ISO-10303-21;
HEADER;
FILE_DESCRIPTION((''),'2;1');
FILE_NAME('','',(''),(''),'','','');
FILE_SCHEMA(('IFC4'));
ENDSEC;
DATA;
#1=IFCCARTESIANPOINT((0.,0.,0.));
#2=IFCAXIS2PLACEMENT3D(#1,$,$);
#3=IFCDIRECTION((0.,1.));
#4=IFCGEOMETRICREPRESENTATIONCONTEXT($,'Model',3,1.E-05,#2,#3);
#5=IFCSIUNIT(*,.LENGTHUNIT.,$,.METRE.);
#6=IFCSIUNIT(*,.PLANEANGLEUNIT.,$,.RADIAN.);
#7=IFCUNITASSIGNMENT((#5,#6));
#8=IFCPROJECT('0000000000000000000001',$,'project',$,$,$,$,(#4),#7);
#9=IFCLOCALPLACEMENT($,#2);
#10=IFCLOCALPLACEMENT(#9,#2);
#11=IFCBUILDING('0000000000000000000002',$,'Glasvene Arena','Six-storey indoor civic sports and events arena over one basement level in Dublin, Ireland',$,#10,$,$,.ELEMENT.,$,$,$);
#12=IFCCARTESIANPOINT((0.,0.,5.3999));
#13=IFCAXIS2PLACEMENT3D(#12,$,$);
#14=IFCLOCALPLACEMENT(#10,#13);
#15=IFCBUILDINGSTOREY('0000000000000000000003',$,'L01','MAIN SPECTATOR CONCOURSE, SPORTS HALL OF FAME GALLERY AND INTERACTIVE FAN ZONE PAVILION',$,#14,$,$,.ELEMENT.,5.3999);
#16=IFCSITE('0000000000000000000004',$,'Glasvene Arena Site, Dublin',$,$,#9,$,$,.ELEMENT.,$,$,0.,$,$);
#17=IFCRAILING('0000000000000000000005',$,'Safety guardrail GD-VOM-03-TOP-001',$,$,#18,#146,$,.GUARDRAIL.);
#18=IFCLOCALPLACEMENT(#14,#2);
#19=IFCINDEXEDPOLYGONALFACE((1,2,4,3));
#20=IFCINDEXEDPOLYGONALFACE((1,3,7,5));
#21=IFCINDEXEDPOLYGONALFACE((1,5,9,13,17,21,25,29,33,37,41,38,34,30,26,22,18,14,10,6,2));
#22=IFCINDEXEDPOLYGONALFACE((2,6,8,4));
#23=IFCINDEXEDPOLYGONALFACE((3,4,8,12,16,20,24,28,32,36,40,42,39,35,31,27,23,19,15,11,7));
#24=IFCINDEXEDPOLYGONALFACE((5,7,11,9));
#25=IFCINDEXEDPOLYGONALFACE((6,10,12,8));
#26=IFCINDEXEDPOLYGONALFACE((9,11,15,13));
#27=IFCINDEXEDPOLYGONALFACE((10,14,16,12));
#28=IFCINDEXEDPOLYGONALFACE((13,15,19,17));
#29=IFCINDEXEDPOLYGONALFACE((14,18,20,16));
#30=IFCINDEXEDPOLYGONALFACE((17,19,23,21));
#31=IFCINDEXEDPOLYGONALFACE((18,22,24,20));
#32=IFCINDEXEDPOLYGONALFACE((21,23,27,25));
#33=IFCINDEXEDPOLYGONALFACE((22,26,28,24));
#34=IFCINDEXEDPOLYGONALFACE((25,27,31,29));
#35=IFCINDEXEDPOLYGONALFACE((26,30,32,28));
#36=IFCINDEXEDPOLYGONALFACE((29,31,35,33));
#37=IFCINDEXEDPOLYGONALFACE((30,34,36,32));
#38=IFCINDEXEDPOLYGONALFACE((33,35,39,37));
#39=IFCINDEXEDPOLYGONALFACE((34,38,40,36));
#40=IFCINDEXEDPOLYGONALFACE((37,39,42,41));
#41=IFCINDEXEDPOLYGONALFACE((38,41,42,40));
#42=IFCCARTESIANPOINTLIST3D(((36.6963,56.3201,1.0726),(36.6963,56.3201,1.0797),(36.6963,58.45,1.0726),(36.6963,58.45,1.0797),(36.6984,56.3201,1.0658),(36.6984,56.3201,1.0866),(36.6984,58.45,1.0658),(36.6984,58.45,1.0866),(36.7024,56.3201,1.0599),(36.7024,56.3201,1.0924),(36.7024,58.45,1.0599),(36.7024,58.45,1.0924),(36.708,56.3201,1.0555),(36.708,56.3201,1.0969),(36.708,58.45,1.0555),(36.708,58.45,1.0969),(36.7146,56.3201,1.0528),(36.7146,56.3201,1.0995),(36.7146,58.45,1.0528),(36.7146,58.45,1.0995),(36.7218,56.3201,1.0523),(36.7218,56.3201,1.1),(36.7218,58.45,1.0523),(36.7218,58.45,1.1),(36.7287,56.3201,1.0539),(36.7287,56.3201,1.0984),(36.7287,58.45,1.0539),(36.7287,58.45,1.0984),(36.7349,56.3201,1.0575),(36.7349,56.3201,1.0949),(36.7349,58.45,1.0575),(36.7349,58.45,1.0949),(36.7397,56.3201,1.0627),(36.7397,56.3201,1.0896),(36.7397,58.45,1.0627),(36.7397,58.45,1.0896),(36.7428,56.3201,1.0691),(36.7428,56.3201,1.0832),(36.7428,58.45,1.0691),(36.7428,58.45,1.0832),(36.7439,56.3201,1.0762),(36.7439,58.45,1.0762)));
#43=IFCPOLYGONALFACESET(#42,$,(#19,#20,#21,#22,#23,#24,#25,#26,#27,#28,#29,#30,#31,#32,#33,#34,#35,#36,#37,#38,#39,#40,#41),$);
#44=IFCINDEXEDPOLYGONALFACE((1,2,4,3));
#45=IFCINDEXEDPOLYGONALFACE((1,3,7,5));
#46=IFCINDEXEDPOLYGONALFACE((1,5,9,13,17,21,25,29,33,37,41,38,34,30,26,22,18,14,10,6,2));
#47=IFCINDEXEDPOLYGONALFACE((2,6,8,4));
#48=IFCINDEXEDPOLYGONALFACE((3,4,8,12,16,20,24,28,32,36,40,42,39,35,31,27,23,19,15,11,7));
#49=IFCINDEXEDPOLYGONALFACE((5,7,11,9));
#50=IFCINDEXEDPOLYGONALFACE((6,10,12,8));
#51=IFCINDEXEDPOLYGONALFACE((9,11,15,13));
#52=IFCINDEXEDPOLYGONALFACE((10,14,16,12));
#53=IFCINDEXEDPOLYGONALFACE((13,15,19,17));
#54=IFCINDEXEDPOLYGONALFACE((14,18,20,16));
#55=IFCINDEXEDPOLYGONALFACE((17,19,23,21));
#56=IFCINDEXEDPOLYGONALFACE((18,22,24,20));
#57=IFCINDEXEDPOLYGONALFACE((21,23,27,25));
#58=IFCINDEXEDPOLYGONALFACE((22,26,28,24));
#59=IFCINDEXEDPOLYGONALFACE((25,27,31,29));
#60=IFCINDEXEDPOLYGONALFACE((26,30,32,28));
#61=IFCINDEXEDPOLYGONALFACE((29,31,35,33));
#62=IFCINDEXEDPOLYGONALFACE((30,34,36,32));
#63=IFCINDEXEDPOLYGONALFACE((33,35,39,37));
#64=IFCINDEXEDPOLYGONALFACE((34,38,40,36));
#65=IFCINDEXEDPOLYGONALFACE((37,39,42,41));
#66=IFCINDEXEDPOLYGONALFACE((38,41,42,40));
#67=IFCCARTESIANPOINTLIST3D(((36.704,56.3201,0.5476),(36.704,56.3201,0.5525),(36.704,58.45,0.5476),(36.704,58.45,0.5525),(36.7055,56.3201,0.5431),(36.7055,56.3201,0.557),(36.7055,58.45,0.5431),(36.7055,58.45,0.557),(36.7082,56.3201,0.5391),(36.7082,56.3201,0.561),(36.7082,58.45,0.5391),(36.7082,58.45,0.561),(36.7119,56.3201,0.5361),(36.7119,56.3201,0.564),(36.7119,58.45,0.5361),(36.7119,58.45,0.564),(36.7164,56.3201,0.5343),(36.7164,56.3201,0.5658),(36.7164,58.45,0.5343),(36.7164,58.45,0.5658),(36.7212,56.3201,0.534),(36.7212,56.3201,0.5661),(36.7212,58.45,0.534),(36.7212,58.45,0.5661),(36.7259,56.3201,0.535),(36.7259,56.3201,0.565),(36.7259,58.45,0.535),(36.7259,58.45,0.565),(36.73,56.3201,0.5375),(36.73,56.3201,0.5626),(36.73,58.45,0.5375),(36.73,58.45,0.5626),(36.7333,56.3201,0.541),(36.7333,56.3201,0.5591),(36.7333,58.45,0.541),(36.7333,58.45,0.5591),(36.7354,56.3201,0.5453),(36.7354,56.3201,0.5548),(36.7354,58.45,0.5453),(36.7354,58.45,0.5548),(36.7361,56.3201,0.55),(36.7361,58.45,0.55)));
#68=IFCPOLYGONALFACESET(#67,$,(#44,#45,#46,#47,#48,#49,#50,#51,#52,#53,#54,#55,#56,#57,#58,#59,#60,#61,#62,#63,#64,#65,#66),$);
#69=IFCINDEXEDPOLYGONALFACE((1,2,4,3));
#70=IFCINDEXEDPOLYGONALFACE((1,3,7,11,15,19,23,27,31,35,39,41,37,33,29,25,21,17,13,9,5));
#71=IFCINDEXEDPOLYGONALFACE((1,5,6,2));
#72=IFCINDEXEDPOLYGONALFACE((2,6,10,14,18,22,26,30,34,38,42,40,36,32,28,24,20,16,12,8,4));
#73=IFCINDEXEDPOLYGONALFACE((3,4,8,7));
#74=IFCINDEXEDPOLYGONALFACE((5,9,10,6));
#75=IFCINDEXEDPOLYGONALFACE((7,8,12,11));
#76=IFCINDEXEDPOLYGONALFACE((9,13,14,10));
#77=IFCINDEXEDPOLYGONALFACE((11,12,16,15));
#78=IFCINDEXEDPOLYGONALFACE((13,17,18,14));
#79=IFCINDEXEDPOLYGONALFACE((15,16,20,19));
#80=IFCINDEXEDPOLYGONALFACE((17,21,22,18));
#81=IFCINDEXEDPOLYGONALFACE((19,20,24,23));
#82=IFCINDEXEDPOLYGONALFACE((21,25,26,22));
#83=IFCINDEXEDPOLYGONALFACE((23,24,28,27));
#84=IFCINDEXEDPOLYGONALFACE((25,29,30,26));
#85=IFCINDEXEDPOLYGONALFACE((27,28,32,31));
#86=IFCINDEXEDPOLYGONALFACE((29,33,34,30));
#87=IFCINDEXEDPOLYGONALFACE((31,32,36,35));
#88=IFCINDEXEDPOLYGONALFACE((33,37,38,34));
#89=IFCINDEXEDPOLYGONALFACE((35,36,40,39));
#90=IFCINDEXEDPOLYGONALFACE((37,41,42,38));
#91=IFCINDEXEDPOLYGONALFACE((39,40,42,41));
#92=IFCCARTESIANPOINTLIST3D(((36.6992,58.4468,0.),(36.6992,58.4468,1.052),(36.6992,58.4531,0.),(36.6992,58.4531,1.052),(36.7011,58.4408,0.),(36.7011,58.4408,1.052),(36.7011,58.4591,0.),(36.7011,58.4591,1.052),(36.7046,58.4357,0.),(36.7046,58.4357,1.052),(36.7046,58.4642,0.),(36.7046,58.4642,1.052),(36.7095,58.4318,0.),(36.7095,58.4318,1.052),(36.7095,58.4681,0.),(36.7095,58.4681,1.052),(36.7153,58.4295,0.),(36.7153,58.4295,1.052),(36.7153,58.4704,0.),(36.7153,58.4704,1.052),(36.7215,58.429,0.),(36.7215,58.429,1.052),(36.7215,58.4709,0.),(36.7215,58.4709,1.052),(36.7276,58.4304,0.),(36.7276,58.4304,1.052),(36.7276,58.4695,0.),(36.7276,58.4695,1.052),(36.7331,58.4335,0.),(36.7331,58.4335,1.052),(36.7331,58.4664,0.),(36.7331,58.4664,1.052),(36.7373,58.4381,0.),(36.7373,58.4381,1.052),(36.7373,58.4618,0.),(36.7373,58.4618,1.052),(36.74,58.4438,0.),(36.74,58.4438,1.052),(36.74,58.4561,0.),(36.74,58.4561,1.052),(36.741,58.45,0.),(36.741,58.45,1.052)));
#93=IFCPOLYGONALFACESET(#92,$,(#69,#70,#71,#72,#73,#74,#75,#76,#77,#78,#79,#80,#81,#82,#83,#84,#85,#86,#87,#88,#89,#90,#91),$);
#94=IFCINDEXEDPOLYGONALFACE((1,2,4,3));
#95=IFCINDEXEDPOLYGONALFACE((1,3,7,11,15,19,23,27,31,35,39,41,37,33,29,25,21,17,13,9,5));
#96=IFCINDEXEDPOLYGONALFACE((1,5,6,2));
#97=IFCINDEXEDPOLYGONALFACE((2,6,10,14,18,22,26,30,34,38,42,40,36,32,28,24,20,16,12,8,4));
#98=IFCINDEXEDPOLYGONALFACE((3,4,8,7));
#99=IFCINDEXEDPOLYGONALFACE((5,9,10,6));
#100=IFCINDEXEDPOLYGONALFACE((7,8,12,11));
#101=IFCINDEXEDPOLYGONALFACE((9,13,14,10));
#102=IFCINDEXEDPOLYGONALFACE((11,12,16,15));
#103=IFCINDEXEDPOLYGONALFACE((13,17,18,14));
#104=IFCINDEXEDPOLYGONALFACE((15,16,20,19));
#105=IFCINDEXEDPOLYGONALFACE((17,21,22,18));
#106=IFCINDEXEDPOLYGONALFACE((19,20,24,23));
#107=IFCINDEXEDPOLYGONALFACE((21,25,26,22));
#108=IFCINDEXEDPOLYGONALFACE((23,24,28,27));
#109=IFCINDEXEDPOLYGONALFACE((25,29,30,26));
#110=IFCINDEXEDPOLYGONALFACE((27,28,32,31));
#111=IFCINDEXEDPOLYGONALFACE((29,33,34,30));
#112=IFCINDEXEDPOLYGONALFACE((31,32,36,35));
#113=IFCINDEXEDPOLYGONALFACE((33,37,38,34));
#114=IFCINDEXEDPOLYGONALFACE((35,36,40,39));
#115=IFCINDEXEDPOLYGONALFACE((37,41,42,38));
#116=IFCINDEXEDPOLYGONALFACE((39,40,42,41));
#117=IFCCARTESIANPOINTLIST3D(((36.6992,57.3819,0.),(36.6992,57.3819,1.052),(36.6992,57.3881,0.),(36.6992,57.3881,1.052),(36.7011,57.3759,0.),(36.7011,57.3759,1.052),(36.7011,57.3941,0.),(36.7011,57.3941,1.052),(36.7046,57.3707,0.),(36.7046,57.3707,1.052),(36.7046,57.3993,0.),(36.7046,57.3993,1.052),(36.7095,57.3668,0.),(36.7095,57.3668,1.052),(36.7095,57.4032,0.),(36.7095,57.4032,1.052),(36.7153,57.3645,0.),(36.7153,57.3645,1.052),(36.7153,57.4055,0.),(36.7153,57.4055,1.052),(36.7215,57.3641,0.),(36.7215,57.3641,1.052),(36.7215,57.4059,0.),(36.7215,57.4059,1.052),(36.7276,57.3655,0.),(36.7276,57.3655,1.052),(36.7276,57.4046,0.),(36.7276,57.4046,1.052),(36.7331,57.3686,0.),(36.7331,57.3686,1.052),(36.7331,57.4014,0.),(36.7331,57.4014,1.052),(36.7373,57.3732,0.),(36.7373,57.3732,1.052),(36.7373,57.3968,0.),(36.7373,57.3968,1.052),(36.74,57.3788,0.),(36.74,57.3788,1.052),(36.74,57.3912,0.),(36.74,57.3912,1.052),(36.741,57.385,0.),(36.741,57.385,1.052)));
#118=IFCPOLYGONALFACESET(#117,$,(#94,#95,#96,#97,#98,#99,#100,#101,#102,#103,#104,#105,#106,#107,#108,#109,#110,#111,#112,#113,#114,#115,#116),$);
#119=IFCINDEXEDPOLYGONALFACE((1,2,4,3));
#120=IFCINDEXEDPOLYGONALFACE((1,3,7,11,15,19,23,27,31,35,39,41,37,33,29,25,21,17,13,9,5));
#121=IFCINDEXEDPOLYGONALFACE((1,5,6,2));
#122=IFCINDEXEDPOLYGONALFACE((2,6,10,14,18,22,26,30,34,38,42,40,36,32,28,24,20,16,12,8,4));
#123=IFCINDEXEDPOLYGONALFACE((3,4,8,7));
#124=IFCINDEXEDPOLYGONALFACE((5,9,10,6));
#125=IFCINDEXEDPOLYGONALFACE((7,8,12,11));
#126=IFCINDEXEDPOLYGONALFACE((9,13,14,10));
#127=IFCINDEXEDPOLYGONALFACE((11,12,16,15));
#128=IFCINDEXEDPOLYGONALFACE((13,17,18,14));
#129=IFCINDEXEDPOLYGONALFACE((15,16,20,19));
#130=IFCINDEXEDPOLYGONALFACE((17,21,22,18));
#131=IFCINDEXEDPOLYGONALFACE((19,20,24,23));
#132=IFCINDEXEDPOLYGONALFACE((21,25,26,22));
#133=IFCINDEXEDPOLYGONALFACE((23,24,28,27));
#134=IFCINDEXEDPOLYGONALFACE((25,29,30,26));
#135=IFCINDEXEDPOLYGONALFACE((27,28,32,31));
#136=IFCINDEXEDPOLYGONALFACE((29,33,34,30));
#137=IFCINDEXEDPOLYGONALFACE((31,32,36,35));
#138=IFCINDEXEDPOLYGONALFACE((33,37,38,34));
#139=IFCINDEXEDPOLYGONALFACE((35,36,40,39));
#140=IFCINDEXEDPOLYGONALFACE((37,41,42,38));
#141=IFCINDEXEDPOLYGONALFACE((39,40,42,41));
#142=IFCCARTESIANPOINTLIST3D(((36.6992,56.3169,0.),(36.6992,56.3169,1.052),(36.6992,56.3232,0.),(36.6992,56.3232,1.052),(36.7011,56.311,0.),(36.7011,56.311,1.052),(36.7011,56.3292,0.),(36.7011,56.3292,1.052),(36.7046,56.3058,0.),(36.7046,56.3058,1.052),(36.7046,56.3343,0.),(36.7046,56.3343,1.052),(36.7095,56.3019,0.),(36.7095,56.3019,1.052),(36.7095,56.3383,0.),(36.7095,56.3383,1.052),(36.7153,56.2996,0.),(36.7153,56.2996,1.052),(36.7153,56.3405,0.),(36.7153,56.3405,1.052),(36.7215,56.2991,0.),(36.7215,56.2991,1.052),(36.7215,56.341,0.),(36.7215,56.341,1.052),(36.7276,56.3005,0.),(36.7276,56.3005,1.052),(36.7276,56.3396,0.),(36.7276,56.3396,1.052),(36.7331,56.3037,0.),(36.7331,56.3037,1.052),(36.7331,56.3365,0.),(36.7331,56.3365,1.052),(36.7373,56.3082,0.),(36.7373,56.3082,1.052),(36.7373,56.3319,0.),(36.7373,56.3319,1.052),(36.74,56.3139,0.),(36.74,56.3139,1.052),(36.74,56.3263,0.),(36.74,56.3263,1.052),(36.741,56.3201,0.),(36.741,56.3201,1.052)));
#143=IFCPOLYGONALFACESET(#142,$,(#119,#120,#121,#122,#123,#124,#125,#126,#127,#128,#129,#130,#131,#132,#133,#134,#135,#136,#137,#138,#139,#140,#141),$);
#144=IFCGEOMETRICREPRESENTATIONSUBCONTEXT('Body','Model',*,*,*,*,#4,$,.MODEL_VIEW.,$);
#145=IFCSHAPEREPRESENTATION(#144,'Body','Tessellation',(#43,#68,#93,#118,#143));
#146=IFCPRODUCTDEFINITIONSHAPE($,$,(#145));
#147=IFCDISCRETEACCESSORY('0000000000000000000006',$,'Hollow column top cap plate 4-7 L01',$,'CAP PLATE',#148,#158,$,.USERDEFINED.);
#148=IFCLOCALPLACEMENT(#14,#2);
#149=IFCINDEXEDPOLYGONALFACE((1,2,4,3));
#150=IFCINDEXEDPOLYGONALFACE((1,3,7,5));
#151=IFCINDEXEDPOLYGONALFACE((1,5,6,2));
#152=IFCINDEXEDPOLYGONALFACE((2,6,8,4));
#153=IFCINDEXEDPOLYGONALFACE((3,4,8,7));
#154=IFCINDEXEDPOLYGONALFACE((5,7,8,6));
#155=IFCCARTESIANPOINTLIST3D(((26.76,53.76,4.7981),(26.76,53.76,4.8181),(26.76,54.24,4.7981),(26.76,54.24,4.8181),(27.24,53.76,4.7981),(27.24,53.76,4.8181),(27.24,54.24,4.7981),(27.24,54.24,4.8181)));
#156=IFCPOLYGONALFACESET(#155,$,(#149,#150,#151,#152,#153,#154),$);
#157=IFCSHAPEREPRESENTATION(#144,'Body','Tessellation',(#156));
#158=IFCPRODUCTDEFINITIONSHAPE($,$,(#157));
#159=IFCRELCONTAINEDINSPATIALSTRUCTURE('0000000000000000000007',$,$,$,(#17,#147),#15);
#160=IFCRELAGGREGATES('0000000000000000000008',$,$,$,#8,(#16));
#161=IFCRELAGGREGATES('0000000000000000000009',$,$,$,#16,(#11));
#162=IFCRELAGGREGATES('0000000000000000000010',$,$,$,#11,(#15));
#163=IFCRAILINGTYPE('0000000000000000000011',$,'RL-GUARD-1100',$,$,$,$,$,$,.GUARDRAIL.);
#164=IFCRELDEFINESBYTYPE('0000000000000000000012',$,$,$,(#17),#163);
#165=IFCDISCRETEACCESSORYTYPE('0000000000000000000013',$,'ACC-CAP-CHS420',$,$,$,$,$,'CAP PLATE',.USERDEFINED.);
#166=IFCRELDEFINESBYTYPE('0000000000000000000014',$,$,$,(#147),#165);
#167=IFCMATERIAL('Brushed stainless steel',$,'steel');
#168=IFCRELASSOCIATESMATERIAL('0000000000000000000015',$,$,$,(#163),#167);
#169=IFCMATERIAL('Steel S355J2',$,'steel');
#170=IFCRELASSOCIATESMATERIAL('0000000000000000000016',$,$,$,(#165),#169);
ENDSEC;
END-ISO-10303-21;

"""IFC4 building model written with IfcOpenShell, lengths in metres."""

from ifc_helpers import new_model, si_unit, direction, frame, origin, origin_2d, place, context, subcontext, project, spatial, rectangle, circle, extrude, material, type_object, element, save


model = new_model("IFC4")

# Units and contexts
model_context = context("Model", 3, precision=1e-05, world=origin(), true_north=direction((0.0, 1.0)))
body_context = subcontext(model_context, "Body", "Model", "MODEL_VIEW")
ifc_project = project(units=[si_unit("LENGTHUNIT", "METRE"), si_unit("PLANEANGLEUNIT", "RADIAN")], contexts=[model_context])

# Site, building, storey
site_placement = place(None, origin())
site = spatial("IfcSite", under=ifc_project, at=site_placement, Name="Glasvene Arena Site, Dublin", CompositionType="ELEMENT", RefElevation=0.0)
building_placement = place(site_placement, origin())
building = spatial("IfcBuilding", under=site, at=building_placement, Name="Glasvene Arena", Description="Six-storey indoor civic sports and events arena over one basement level in Dublin, Ireland", CompositionType="ELEMENT")
storey_placement = place(building_placement, frame((0.0, 0.0, 5.3999)))
storey = spatial("IfcBuildingStorey", under=building, at=storey_placement, Name="L01", Description="MAIN SPECTATOR CONCOURSE, SPORTS HALL OF FAME GALLERY AND INTERACTIVE FAN ZONE PAVILION", CompositionType="ELEMENT", Elevation=5.3999)

# Shared definitions
ifc_material_1 = material(Name="Steel S355J2", Category="steel")

# Railing
ifc_material_2 = material(Name="Brushed stainless steel", Category="steel")
railing_type = type_object("IfcRailingType", Name="RL-GUARD-1100", PredefinedType="GUARDRAIL", material=ifc_material_2)
railing_1_placement = place(storey_placement, frame((36.72, 58.45, 0.0)))
element("IfcRailing", 1, at=railing_1_placement, inside=storey, type_object=railing_type, Name="Safety guardrail GD-VOM-03-TOP-001", PredefinedType="GUARDRAIL", context=body_context, shape_type="SweptSolid", body=[
    extrude(circle(Radius=0.0239, at=origin_2d()), frame((0.0, 0.0, 1.0762), z_axis=(0.0, -1.0, 0.0), x_axis=(1.0, 0.0, 0.0)), (0.0, 0.0, 1.0), 2.1299),
    extrude(circle(Radius=0.0161, at=origin_2d()), frame((0.0, 0.0, 0.55), z_axis=(0.0, -1.0, 0.0), x_axis=(1.0, 0.0, 0.0)), (0.0, 0.0, 1.0), 2.1299),
    extrude(circle(Radius=0.021, at=origin_2d()), origin(), (0.0, 0.0, 1.0), 1.052),
    extrude(circle(Radius=0.021, at=origin_2d()), frame((0.0, -1.0649, 0.0)), (0.0, 0.0, 1.0), 1.052),
    extrude(circle(Radius=0.021, at=origin_2d()), frame((0.0, -2.1299, 0.0)), (0.0, 0.0, 1.0), 1.052),
])

# Discrete accessory
discrete_accessory_type = type_object("IfcDiscreteAccessoryType", Name="ACC-CAP-CHS420", ElementType="CAP PLATE", PredefinedType="USERDEFINED", material=ifc_material_1)
discrete_accessory_placement = place(storey_placement, frame((27.0, 54.0, 4.7981), z_axis=(0.0, 0.0, 1.0), x_axis=(1.0, 0.0, 0.0)))
element("IfcDiscreteAccessory", 2, at=discrete_accessory_placement, inside=storey, type_object=discrete_accessory_type, Name="Hollow column top cap plate 4-7 L01", ObjectType="CAP PLATE", PredefinedType="USERDEFINED", context=body_context, shape_type="SweptSolid", body=[
    extrude(rectangle(XDim=0.48, YDim=0.48, at=origin_2d()), origin(), (0.0, 0.0, 1.0), 0.02),
])

save(model, "model.ifc")
